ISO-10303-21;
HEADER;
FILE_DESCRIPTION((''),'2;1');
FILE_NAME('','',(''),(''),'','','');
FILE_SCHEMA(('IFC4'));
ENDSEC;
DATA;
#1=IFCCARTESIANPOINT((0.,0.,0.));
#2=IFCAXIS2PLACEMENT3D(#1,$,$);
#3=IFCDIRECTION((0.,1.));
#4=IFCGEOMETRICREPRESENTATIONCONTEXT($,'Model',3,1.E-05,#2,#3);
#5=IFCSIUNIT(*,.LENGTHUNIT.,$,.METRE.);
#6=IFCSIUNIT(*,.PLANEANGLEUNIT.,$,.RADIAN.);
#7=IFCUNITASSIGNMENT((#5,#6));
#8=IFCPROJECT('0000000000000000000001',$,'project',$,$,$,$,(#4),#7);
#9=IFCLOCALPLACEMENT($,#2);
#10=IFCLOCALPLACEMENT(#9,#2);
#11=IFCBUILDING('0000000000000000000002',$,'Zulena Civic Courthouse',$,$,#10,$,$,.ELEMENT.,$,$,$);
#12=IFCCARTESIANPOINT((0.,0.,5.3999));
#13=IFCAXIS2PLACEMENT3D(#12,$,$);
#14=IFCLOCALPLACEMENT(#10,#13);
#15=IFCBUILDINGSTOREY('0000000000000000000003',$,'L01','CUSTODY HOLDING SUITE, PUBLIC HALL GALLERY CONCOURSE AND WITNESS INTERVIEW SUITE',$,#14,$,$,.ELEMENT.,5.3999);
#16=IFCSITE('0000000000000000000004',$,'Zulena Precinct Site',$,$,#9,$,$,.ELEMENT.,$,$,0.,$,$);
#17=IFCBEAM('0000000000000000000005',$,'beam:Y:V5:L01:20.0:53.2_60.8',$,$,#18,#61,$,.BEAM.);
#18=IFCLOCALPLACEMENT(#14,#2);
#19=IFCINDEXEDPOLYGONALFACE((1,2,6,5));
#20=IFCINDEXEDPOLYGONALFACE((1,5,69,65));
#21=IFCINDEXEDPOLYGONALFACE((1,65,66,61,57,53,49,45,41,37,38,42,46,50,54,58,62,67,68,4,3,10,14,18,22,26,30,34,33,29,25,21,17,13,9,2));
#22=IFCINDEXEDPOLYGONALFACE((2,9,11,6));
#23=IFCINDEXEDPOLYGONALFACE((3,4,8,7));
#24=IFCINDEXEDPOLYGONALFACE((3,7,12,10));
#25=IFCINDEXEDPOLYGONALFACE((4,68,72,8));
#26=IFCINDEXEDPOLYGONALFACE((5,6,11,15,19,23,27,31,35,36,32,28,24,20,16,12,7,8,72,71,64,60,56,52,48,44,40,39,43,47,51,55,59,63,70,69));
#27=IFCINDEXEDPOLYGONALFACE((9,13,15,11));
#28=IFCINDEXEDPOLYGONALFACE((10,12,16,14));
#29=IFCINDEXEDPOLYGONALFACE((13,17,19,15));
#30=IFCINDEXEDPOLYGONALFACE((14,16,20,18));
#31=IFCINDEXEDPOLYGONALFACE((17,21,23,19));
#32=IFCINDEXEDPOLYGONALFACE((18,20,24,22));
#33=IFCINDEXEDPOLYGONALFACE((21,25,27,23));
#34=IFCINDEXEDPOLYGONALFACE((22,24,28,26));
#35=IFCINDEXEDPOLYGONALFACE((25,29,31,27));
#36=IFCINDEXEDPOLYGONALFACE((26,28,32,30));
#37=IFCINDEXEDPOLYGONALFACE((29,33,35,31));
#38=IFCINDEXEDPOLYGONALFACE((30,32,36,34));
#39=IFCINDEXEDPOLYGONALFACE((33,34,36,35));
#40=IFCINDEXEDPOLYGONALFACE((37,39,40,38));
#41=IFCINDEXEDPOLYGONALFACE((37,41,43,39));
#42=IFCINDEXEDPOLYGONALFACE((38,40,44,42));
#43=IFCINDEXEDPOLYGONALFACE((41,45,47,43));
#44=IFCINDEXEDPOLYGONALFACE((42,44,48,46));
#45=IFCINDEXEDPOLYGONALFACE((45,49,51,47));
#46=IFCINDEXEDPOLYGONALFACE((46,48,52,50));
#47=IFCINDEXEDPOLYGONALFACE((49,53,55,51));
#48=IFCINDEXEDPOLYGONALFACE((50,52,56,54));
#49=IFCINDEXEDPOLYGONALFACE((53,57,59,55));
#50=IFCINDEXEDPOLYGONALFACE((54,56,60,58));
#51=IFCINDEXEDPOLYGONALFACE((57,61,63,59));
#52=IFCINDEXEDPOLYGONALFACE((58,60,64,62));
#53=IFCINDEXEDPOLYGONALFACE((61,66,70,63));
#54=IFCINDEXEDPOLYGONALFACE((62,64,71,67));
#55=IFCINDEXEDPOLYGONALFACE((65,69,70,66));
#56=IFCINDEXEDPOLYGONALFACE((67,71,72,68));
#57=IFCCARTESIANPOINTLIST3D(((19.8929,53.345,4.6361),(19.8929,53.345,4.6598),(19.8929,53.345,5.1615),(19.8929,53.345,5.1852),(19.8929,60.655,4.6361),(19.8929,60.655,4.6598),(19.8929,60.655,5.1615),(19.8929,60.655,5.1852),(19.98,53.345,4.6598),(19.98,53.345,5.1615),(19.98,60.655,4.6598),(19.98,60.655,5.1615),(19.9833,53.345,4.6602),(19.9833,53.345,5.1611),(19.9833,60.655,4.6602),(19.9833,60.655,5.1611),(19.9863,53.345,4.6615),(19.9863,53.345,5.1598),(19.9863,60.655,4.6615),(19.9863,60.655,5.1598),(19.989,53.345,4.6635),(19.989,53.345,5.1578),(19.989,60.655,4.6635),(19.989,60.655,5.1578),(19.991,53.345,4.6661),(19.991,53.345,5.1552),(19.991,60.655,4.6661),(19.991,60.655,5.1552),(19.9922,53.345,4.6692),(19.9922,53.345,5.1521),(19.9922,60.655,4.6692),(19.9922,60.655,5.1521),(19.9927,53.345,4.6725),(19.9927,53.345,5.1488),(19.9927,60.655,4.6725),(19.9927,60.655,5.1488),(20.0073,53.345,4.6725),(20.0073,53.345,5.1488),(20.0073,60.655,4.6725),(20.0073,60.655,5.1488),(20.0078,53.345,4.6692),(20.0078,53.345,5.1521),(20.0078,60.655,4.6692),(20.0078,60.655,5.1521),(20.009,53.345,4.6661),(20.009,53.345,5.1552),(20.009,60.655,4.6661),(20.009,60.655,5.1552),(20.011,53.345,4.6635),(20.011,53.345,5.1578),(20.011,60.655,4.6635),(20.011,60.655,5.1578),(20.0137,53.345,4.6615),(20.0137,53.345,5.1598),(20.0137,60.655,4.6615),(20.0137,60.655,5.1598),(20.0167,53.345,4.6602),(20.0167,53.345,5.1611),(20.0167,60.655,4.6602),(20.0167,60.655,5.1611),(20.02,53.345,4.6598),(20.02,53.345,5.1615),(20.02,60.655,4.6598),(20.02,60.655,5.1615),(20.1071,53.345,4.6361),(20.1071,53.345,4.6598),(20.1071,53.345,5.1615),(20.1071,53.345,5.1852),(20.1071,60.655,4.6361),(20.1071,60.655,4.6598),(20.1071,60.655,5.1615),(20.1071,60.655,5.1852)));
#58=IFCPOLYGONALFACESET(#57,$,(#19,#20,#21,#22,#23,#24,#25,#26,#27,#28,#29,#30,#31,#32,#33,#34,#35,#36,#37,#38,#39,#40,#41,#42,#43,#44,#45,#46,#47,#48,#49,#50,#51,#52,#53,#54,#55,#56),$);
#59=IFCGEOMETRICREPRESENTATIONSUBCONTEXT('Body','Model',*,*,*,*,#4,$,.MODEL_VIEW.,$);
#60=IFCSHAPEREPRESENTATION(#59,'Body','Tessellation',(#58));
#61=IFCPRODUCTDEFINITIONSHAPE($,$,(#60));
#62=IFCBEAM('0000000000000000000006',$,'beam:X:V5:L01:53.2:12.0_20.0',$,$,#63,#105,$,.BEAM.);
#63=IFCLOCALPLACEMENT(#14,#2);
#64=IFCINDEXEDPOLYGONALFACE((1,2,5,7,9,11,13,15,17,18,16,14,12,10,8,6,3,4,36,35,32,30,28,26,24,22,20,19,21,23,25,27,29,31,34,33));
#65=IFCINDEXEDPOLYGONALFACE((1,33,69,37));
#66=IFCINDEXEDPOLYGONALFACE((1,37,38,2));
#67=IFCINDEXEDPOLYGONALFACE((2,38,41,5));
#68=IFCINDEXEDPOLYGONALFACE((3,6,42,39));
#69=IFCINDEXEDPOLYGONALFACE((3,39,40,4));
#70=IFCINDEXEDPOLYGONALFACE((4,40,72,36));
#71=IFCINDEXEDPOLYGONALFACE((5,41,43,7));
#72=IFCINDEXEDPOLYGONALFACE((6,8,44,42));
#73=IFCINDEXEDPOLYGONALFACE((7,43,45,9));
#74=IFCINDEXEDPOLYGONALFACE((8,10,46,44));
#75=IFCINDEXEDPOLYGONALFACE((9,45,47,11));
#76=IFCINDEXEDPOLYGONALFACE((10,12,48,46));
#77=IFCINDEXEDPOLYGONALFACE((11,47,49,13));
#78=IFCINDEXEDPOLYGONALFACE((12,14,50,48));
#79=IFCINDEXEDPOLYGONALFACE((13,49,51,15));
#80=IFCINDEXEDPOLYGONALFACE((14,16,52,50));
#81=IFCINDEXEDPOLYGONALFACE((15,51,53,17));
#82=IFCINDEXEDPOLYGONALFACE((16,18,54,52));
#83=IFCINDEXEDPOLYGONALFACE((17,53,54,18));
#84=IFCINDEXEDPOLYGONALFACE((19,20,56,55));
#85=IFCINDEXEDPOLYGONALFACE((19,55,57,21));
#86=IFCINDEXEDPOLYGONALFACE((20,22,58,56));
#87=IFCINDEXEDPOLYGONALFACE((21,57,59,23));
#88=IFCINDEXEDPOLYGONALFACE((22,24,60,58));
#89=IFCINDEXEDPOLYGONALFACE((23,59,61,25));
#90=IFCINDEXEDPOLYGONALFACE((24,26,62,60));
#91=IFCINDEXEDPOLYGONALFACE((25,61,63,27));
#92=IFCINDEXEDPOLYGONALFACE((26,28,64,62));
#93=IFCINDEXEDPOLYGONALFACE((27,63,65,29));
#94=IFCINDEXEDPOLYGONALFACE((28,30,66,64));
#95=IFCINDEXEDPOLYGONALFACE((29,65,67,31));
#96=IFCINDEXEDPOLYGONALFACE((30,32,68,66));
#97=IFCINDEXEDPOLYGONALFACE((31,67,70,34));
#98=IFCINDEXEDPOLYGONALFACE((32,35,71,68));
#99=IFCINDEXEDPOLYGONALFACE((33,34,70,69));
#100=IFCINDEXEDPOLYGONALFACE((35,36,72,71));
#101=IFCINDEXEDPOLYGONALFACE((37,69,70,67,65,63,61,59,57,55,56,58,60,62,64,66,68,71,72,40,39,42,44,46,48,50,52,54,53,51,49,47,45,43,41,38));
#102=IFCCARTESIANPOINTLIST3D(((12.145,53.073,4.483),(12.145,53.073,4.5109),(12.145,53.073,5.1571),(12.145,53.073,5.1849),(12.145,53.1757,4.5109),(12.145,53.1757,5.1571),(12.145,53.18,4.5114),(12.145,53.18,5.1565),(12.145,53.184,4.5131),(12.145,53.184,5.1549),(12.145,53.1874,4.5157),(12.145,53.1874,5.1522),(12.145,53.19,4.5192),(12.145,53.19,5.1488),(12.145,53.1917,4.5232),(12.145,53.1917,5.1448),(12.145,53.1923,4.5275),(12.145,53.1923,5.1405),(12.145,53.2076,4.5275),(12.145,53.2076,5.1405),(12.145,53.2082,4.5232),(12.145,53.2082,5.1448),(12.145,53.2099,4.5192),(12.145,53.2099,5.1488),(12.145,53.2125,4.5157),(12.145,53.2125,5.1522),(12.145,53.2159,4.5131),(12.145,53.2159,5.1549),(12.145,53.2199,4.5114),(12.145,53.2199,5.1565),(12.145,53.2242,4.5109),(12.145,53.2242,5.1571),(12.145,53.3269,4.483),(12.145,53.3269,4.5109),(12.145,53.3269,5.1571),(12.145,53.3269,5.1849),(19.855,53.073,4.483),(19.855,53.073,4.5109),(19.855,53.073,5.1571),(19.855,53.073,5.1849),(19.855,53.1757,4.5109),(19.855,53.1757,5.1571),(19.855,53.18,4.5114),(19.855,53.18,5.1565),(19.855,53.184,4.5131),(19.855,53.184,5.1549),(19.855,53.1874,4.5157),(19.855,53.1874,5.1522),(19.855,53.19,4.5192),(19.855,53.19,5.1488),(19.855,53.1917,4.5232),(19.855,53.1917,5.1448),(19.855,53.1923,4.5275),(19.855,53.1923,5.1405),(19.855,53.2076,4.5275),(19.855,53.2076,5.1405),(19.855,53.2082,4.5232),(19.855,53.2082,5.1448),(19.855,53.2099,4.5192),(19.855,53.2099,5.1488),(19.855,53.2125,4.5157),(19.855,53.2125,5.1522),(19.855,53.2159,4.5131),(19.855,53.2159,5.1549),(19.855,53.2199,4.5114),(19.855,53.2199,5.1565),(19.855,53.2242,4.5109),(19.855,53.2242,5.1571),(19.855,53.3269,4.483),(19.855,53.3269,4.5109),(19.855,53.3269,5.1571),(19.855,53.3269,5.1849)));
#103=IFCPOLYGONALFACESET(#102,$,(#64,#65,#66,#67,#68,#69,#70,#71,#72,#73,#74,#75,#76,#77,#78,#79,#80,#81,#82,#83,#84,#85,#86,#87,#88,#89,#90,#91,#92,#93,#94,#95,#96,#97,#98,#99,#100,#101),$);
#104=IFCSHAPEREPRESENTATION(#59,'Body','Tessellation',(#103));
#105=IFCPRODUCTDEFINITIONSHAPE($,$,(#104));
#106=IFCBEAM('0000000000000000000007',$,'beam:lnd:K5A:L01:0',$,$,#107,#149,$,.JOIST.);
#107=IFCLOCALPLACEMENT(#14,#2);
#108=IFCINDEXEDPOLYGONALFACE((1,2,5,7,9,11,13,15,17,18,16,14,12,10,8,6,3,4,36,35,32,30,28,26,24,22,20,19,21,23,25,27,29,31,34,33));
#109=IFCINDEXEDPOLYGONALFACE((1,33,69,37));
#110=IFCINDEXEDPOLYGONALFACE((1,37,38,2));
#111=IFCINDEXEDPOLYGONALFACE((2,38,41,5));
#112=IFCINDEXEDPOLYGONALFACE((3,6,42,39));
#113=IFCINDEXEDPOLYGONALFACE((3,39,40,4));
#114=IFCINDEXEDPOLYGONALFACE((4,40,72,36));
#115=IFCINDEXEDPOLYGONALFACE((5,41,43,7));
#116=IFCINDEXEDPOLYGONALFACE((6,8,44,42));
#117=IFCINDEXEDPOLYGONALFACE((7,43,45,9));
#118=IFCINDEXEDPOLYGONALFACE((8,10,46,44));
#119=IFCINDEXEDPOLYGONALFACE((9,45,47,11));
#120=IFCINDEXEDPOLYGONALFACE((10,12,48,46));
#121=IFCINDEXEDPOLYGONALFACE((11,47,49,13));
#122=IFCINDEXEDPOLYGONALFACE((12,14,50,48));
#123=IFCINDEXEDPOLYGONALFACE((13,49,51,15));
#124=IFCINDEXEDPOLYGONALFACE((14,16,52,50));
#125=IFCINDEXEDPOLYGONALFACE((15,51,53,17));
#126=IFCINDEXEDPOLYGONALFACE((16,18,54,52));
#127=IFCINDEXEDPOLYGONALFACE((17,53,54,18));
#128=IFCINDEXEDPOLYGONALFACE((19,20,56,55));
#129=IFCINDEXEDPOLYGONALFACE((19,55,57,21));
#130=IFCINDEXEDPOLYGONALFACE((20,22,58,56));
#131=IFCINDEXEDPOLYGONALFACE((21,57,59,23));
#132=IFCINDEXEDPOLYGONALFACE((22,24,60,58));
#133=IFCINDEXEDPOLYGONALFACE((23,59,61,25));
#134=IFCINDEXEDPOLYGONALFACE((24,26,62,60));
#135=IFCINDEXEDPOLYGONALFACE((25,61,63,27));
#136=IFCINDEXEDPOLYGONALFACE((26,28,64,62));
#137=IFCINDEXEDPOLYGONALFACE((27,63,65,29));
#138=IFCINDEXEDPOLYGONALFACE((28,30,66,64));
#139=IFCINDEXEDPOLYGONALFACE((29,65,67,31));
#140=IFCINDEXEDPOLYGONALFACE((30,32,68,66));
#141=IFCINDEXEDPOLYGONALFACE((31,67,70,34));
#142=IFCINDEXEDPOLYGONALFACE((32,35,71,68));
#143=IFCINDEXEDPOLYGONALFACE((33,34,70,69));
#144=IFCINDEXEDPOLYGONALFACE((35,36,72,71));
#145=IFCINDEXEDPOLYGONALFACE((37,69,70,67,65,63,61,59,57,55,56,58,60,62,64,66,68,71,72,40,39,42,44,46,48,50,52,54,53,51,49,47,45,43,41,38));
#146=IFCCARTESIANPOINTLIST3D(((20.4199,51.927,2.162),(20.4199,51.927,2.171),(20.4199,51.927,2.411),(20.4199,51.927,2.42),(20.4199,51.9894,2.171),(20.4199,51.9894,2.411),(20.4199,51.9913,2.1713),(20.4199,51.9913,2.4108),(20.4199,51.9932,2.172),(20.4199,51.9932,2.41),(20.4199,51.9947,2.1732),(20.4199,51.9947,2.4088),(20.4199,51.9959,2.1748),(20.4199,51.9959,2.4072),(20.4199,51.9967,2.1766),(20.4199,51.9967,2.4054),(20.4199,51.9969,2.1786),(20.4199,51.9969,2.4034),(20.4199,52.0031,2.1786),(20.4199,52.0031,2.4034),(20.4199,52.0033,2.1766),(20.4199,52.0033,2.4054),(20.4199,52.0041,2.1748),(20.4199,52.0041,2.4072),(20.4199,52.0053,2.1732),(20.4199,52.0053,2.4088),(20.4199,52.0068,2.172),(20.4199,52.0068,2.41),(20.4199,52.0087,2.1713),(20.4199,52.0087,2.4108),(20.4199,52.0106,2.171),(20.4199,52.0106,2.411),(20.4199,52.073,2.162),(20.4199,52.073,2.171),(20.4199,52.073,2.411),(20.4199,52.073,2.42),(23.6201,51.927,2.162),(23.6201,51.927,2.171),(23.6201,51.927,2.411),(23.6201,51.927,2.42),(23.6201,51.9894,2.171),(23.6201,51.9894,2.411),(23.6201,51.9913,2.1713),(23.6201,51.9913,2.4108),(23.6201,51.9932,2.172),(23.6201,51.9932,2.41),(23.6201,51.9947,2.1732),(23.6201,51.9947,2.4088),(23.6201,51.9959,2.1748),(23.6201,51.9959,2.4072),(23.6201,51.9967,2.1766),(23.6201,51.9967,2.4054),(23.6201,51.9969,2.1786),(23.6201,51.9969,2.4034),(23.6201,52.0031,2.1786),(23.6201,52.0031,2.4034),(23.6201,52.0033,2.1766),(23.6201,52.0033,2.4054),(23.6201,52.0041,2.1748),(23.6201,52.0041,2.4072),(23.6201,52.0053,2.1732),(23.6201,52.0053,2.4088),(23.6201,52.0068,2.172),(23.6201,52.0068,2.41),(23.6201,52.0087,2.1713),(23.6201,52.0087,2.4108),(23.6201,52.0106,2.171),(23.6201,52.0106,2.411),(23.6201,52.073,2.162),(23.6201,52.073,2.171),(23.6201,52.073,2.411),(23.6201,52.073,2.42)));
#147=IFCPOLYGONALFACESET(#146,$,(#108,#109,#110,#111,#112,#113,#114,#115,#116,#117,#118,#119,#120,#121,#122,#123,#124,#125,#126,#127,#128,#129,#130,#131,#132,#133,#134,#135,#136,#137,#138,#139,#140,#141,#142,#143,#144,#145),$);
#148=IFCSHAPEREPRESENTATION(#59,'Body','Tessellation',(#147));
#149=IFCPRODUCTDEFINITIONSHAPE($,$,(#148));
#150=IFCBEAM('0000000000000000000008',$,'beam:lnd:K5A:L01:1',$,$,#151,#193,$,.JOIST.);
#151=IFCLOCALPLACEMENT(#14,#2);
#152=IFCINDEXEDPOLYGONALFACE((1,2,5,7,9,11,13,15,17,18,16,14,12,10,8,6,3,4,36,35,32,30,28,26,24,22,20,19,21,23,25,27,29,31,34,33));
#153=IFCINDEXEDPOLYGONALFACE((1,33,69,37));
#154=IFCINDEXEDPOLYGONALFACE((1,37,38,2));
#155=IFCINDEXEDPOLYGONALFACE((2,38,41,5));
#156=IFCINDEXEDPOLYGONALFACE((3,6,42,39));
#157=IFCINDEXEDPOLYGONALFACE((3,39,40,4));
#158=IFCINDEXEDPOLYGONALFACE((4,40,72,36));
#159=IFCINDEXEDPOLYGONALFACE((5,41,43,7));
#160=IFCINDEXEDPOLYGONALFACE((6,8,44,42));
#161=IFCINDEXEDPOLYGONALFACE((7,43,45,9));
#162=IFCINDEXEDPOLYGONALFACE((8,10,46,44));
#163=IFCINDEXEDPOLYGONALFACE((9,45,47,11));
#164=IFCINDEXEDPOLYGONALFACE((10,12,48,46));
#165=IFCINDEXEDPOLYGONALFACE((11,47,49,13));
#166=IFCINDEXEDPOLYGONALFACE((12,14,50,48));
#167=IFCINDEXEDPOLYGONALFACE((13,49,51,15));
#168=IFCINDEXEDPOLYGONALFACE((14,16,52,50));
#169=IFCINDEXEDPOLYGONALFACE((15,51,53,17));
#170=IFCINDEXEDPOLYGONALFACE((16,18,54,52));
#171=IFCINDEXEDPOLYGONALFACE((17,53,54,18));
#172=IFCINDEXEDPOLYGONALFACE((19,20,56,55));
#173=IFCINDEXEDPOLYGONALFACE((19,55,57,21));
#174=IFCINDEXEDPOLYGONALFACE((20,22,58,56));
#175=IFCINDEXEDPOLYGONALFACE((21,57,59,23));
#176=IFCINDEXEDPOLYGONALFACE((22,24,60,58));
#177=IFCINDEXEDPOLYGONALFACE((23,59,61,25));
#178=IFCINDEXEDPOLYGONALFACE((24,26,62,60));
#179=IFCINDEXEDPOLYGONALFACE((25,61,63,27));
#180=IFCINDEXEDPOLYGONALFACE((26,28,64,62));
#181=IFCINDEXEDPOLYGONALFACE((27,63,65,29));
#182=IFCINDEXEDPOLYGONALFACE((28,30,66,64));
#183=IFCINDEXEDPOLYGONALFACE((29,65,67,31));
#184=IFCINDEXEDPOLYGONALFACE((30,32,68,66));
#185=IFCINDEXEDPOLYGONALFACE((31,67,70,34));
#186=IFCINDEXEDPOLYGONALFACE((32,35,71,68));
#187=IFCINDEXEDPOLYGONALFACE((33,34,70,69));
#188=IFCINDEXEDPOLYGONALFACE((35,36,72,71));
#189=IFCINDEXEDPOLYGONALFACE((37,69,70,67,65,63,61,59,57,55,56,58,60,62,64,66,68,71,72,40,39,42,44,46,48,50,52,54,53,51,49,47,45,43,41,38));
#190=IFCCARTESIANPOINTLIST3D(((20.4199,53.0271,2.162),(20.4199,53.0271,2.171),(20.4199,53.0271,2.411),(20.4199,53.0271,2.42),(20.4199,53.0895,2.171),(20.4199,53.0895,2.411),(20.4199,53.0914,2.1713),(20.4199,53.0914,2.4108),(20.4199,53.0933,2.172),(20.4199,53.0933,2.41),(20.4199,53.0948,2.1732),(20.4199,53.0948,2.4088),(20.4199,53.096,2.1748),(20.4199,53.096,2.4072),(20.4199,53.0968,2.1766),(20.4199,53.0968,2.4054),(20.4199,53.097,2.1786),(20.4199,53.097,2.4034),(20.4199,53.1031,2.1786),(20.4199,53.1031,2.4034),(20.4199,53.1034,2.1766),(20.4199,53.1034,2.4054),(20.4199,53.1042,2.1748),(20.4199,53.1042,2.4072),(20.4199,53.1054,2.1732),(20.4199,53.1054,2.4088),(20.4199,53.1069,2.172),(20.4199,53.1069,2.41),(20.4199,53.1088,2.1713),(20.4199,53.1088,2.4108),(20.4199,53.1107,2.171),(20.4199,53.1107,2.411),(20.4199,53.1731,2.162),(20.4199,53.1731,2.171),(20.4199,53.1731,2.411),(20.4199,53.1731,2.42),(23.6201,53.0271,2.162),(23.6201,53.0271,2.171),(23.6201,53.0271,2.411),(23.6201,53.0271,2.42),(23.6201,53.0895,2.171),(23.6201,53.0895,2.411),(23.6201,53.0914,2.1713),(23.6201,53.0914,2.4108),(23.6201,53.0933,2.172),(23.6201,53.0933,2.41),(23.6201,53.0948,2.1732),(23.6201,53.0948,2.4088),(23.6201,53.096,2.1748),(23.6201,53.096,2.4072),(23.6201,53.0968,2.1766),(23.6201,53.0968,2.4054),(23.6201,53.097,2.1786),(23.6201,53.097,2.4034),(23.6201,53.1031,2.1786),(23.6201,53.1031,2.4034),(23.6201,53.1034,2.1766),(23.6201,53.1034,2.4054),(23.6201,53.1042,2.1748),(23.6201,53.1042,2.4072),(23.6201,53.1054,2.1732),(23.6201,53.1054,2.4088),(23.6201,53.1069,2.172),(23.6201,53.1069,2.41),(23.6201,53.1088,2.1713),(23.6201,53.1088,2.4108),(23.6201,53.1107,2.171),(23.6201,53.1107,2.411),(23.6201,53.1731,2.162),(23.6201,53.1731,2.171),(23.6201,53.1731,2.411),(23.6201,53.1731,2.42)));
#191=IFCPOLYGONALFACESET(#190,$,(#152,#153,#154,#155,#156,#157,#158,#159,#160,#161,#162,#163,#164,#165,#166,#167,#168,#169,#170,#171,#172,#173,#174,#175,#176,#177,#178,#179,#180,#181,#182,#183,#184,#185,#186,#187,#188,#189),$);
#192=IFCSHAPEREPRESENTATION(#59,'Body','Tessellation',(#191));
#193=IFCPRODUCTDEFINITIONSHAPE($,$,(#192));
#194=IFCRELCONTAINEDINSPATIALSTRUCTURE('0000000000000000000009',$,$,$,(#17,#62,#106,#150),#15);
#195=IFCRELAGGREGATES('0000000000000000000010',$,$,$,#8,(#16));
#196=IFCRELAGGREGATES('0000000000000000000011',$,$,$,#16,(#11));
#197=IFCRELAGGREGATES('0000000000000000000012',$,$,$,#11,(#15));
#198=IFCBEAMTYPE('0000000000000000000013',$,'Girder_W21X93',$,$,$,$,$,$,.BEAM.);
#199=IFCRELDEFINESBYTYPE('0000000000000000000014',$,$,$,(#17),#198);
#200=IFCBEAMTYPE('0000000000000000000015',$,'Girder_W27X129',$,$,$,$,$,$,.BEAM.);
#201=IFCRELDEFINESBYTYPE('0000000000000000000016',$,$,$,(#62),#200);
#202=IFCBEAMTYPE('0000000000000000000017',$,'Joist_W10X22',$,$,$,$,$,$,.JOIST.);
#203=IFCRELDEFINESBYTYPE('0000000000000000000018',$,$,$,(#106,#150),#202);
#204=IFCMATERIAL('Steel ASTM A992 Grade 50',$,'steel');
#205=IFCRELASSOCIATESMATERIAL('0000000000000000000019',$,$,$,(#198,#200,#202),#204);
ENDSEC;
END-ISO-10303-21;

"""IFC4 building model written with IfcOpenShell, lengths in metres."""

from ifc_helpers import new_model, si_unit, direction, frame, origin, origin_2d, place, context, subcontext, project, spatial, i_section, extrude, material, material_profile, profile_set, type_object, element, save


model = new_model("IFC4")

# Units and contexts
model_context = context("Model", 3, precision=1e-05, world=origin(), true_north=direction((0.0, 1.0)))
body_context = subcontext(model_context, "Body", "Model", "MODEL_VIEW")
ifc_project = project(units=[si_unit("LENGTHUNIT", "METRE"), si_unit("PLANEANGLEUNIT", "RADIAN")], contexts=[model_context])

# Site, building, storey
site_placement = place(None, origin())
site = spatial("IfcSite", under=ifc_project, at=site_placement, Name="Zulena Precinct Site", CompositionType="ELEMENT", RefElevation=0.0)
building_placement = place(site_placement, origin())
building = spatial("IfcBuilding", under=site, at=building_placement, Name="Zulena Civic Courthouse", CompositionType="ELEMENT")
storey_placement = place(building_placement, frame((0.0, 0.0, 5.3999)))
storey = spatial("IfcBuildingStorey", under=building, at=storey_placement, Name="L01", Description="CUSTODY HOLDING SUITE, PUBLIC HALL GALLERY CONCOURSE AND WITNESS INTERVIEW SUITE", CompositionType="ELEMENT", Elevation=5.3999)

# Shared definitions
ifc_material_1 = material(Name="Steel ASTM A992 Grade 50", Category="steel")

# Beams
ifc_material_profile_1 = material_profile(ifc_material_1, i_section(OverallWidth=0.2141, OverallDepth=0.5491, WebThickness=0.0146, FlangeThickness=0.0237, FilletRadius=0.0127, at=origin_2d()), Name="W21X93")
ifc_profile_set_1 = profile_set([ifc_material_profile_1], Name="Steel ASTM A992 Grade 50")
beam_type_1 = type_object("IfcBeamType", Name="Girder_W21X93", PredefinedType="BEAM", material=ifc_profile_set_1)
for number, where, z_axis, x_axis, name in (
    (1, (20.0, 53.345, 4.9106), (0.0, 1.0, 0.0), (-1.0, 0.0, 0.0), "beam:Y:V5:L01:20.0:53.2_60.8"),
):
    element("IfcBeam", number, at=place(storey_placement, frame(where, z_axis=z_axis, x_axis=x_axis)), inside=storey, type_object=beam_type_1, Name=name, PredefinedType="BEAM", context=body_context, shape_type="SweptSolid", body=[
        extrude(i_section(OverallWidth=0.2141, OverallDepth=0.5491, WebThickness=0.0146, FlangeThickness=0.0237, FilletRadius=0.0127, at=origin_2d()), origin(), (0.0, 0.0, 1.0), 7.3101),
    ])
ifc_material_profile_2 = material_profile(ifc_material_1, i_section(OverallWidth=0.2539, OverallDepth=0.7019, WebThickness=0.0154, FlangeThickness=0.0278, FilletRadius=0.0166, at=origin_2d()), Name="W27X129")
ifc_profile_set_2 = profile_set([ifc_material_profile_2], Name="Steel ASTM A992 Grade 50")
beam_type_2 = type_object("IfcBeamType", Name="Girder_W27X129", PredefinedType="BEAM", material=ifc_profile_set_2)
beam_1_placement = place(storey_placement, frame((12.145, 53.2, 4.834), z_axis=(1.0, 0.0, 0.0), x_axis=(0.0, 1.0, 0.0)))
element("IfcBeam", 2, at=beam_1_placement, inside=storey, type_object=beam_type_2, Name="beam:X:V5:L01:53.2:12.0_20.0", PredefinedType="BEAM", context=body_context, shape_type="SweptSolid", body=[
    extrude(i_section(OverallWidth=0.2539, OverallDepth=0.7019, WebThickness=0.0154, FlangeThickness=0.0278, FilletRadius=0.0166, at=origin_2d()), origin(), (0.0, 0.0, 1.0), 7.71),
])
ifc_material_profile_3 = material_profile(ifc_material_1, i_section(OverallWidth=0.146, OverallDepth=0.2581, WebThickness=0.0061, FlangeThickness=0.009, FilletRadius=0.0076, at=origin_2d()), Name="W10X22")
ifc_profile_set_3 = profile_set([ifc_material_profile_3], Name="Steel ASTM A992 Grade 50")
beam_type_3 = type_object("IfcBeamType", Name="Joist_W10X22", PredefinedType="JOIST", material=ifc_profile_set_3)
for number, where, z_axis, x_axis, name in (
    (3, (20.4199, 52.0, 2.291), (1.0, 0.0, 0.0), (0.0, 1.0, 0.0), "beam:lnd:K5A:L01:0"),
    (4, (20.4199, 53.1001, 2.291), (1.0, 0.0, 0.0), (0.0, 1.0, 0.0), "beam:lnd:K5A:L01:1"),
):
    element("IfcBeam", number, at=place(storey_placement, frame(where, z_axis=z_axis, x_axis=x_axis)), inside=storey, type_object=beam_type_3, Name=name, PredefinedType="JOIST", context=body_context, shape_type="SweptSolid", body=[
        extrude(i_section(OverallWidth=0.146, OverallDepth=0.2581, WebThickness=0.0061, FlangeThickness=0.009, FilletRadius=0.0076, at=origin_2d()), origin(), (0.0, 0.0, 1.0), 3.2002),
    ])

save(model, "model.ifc")
